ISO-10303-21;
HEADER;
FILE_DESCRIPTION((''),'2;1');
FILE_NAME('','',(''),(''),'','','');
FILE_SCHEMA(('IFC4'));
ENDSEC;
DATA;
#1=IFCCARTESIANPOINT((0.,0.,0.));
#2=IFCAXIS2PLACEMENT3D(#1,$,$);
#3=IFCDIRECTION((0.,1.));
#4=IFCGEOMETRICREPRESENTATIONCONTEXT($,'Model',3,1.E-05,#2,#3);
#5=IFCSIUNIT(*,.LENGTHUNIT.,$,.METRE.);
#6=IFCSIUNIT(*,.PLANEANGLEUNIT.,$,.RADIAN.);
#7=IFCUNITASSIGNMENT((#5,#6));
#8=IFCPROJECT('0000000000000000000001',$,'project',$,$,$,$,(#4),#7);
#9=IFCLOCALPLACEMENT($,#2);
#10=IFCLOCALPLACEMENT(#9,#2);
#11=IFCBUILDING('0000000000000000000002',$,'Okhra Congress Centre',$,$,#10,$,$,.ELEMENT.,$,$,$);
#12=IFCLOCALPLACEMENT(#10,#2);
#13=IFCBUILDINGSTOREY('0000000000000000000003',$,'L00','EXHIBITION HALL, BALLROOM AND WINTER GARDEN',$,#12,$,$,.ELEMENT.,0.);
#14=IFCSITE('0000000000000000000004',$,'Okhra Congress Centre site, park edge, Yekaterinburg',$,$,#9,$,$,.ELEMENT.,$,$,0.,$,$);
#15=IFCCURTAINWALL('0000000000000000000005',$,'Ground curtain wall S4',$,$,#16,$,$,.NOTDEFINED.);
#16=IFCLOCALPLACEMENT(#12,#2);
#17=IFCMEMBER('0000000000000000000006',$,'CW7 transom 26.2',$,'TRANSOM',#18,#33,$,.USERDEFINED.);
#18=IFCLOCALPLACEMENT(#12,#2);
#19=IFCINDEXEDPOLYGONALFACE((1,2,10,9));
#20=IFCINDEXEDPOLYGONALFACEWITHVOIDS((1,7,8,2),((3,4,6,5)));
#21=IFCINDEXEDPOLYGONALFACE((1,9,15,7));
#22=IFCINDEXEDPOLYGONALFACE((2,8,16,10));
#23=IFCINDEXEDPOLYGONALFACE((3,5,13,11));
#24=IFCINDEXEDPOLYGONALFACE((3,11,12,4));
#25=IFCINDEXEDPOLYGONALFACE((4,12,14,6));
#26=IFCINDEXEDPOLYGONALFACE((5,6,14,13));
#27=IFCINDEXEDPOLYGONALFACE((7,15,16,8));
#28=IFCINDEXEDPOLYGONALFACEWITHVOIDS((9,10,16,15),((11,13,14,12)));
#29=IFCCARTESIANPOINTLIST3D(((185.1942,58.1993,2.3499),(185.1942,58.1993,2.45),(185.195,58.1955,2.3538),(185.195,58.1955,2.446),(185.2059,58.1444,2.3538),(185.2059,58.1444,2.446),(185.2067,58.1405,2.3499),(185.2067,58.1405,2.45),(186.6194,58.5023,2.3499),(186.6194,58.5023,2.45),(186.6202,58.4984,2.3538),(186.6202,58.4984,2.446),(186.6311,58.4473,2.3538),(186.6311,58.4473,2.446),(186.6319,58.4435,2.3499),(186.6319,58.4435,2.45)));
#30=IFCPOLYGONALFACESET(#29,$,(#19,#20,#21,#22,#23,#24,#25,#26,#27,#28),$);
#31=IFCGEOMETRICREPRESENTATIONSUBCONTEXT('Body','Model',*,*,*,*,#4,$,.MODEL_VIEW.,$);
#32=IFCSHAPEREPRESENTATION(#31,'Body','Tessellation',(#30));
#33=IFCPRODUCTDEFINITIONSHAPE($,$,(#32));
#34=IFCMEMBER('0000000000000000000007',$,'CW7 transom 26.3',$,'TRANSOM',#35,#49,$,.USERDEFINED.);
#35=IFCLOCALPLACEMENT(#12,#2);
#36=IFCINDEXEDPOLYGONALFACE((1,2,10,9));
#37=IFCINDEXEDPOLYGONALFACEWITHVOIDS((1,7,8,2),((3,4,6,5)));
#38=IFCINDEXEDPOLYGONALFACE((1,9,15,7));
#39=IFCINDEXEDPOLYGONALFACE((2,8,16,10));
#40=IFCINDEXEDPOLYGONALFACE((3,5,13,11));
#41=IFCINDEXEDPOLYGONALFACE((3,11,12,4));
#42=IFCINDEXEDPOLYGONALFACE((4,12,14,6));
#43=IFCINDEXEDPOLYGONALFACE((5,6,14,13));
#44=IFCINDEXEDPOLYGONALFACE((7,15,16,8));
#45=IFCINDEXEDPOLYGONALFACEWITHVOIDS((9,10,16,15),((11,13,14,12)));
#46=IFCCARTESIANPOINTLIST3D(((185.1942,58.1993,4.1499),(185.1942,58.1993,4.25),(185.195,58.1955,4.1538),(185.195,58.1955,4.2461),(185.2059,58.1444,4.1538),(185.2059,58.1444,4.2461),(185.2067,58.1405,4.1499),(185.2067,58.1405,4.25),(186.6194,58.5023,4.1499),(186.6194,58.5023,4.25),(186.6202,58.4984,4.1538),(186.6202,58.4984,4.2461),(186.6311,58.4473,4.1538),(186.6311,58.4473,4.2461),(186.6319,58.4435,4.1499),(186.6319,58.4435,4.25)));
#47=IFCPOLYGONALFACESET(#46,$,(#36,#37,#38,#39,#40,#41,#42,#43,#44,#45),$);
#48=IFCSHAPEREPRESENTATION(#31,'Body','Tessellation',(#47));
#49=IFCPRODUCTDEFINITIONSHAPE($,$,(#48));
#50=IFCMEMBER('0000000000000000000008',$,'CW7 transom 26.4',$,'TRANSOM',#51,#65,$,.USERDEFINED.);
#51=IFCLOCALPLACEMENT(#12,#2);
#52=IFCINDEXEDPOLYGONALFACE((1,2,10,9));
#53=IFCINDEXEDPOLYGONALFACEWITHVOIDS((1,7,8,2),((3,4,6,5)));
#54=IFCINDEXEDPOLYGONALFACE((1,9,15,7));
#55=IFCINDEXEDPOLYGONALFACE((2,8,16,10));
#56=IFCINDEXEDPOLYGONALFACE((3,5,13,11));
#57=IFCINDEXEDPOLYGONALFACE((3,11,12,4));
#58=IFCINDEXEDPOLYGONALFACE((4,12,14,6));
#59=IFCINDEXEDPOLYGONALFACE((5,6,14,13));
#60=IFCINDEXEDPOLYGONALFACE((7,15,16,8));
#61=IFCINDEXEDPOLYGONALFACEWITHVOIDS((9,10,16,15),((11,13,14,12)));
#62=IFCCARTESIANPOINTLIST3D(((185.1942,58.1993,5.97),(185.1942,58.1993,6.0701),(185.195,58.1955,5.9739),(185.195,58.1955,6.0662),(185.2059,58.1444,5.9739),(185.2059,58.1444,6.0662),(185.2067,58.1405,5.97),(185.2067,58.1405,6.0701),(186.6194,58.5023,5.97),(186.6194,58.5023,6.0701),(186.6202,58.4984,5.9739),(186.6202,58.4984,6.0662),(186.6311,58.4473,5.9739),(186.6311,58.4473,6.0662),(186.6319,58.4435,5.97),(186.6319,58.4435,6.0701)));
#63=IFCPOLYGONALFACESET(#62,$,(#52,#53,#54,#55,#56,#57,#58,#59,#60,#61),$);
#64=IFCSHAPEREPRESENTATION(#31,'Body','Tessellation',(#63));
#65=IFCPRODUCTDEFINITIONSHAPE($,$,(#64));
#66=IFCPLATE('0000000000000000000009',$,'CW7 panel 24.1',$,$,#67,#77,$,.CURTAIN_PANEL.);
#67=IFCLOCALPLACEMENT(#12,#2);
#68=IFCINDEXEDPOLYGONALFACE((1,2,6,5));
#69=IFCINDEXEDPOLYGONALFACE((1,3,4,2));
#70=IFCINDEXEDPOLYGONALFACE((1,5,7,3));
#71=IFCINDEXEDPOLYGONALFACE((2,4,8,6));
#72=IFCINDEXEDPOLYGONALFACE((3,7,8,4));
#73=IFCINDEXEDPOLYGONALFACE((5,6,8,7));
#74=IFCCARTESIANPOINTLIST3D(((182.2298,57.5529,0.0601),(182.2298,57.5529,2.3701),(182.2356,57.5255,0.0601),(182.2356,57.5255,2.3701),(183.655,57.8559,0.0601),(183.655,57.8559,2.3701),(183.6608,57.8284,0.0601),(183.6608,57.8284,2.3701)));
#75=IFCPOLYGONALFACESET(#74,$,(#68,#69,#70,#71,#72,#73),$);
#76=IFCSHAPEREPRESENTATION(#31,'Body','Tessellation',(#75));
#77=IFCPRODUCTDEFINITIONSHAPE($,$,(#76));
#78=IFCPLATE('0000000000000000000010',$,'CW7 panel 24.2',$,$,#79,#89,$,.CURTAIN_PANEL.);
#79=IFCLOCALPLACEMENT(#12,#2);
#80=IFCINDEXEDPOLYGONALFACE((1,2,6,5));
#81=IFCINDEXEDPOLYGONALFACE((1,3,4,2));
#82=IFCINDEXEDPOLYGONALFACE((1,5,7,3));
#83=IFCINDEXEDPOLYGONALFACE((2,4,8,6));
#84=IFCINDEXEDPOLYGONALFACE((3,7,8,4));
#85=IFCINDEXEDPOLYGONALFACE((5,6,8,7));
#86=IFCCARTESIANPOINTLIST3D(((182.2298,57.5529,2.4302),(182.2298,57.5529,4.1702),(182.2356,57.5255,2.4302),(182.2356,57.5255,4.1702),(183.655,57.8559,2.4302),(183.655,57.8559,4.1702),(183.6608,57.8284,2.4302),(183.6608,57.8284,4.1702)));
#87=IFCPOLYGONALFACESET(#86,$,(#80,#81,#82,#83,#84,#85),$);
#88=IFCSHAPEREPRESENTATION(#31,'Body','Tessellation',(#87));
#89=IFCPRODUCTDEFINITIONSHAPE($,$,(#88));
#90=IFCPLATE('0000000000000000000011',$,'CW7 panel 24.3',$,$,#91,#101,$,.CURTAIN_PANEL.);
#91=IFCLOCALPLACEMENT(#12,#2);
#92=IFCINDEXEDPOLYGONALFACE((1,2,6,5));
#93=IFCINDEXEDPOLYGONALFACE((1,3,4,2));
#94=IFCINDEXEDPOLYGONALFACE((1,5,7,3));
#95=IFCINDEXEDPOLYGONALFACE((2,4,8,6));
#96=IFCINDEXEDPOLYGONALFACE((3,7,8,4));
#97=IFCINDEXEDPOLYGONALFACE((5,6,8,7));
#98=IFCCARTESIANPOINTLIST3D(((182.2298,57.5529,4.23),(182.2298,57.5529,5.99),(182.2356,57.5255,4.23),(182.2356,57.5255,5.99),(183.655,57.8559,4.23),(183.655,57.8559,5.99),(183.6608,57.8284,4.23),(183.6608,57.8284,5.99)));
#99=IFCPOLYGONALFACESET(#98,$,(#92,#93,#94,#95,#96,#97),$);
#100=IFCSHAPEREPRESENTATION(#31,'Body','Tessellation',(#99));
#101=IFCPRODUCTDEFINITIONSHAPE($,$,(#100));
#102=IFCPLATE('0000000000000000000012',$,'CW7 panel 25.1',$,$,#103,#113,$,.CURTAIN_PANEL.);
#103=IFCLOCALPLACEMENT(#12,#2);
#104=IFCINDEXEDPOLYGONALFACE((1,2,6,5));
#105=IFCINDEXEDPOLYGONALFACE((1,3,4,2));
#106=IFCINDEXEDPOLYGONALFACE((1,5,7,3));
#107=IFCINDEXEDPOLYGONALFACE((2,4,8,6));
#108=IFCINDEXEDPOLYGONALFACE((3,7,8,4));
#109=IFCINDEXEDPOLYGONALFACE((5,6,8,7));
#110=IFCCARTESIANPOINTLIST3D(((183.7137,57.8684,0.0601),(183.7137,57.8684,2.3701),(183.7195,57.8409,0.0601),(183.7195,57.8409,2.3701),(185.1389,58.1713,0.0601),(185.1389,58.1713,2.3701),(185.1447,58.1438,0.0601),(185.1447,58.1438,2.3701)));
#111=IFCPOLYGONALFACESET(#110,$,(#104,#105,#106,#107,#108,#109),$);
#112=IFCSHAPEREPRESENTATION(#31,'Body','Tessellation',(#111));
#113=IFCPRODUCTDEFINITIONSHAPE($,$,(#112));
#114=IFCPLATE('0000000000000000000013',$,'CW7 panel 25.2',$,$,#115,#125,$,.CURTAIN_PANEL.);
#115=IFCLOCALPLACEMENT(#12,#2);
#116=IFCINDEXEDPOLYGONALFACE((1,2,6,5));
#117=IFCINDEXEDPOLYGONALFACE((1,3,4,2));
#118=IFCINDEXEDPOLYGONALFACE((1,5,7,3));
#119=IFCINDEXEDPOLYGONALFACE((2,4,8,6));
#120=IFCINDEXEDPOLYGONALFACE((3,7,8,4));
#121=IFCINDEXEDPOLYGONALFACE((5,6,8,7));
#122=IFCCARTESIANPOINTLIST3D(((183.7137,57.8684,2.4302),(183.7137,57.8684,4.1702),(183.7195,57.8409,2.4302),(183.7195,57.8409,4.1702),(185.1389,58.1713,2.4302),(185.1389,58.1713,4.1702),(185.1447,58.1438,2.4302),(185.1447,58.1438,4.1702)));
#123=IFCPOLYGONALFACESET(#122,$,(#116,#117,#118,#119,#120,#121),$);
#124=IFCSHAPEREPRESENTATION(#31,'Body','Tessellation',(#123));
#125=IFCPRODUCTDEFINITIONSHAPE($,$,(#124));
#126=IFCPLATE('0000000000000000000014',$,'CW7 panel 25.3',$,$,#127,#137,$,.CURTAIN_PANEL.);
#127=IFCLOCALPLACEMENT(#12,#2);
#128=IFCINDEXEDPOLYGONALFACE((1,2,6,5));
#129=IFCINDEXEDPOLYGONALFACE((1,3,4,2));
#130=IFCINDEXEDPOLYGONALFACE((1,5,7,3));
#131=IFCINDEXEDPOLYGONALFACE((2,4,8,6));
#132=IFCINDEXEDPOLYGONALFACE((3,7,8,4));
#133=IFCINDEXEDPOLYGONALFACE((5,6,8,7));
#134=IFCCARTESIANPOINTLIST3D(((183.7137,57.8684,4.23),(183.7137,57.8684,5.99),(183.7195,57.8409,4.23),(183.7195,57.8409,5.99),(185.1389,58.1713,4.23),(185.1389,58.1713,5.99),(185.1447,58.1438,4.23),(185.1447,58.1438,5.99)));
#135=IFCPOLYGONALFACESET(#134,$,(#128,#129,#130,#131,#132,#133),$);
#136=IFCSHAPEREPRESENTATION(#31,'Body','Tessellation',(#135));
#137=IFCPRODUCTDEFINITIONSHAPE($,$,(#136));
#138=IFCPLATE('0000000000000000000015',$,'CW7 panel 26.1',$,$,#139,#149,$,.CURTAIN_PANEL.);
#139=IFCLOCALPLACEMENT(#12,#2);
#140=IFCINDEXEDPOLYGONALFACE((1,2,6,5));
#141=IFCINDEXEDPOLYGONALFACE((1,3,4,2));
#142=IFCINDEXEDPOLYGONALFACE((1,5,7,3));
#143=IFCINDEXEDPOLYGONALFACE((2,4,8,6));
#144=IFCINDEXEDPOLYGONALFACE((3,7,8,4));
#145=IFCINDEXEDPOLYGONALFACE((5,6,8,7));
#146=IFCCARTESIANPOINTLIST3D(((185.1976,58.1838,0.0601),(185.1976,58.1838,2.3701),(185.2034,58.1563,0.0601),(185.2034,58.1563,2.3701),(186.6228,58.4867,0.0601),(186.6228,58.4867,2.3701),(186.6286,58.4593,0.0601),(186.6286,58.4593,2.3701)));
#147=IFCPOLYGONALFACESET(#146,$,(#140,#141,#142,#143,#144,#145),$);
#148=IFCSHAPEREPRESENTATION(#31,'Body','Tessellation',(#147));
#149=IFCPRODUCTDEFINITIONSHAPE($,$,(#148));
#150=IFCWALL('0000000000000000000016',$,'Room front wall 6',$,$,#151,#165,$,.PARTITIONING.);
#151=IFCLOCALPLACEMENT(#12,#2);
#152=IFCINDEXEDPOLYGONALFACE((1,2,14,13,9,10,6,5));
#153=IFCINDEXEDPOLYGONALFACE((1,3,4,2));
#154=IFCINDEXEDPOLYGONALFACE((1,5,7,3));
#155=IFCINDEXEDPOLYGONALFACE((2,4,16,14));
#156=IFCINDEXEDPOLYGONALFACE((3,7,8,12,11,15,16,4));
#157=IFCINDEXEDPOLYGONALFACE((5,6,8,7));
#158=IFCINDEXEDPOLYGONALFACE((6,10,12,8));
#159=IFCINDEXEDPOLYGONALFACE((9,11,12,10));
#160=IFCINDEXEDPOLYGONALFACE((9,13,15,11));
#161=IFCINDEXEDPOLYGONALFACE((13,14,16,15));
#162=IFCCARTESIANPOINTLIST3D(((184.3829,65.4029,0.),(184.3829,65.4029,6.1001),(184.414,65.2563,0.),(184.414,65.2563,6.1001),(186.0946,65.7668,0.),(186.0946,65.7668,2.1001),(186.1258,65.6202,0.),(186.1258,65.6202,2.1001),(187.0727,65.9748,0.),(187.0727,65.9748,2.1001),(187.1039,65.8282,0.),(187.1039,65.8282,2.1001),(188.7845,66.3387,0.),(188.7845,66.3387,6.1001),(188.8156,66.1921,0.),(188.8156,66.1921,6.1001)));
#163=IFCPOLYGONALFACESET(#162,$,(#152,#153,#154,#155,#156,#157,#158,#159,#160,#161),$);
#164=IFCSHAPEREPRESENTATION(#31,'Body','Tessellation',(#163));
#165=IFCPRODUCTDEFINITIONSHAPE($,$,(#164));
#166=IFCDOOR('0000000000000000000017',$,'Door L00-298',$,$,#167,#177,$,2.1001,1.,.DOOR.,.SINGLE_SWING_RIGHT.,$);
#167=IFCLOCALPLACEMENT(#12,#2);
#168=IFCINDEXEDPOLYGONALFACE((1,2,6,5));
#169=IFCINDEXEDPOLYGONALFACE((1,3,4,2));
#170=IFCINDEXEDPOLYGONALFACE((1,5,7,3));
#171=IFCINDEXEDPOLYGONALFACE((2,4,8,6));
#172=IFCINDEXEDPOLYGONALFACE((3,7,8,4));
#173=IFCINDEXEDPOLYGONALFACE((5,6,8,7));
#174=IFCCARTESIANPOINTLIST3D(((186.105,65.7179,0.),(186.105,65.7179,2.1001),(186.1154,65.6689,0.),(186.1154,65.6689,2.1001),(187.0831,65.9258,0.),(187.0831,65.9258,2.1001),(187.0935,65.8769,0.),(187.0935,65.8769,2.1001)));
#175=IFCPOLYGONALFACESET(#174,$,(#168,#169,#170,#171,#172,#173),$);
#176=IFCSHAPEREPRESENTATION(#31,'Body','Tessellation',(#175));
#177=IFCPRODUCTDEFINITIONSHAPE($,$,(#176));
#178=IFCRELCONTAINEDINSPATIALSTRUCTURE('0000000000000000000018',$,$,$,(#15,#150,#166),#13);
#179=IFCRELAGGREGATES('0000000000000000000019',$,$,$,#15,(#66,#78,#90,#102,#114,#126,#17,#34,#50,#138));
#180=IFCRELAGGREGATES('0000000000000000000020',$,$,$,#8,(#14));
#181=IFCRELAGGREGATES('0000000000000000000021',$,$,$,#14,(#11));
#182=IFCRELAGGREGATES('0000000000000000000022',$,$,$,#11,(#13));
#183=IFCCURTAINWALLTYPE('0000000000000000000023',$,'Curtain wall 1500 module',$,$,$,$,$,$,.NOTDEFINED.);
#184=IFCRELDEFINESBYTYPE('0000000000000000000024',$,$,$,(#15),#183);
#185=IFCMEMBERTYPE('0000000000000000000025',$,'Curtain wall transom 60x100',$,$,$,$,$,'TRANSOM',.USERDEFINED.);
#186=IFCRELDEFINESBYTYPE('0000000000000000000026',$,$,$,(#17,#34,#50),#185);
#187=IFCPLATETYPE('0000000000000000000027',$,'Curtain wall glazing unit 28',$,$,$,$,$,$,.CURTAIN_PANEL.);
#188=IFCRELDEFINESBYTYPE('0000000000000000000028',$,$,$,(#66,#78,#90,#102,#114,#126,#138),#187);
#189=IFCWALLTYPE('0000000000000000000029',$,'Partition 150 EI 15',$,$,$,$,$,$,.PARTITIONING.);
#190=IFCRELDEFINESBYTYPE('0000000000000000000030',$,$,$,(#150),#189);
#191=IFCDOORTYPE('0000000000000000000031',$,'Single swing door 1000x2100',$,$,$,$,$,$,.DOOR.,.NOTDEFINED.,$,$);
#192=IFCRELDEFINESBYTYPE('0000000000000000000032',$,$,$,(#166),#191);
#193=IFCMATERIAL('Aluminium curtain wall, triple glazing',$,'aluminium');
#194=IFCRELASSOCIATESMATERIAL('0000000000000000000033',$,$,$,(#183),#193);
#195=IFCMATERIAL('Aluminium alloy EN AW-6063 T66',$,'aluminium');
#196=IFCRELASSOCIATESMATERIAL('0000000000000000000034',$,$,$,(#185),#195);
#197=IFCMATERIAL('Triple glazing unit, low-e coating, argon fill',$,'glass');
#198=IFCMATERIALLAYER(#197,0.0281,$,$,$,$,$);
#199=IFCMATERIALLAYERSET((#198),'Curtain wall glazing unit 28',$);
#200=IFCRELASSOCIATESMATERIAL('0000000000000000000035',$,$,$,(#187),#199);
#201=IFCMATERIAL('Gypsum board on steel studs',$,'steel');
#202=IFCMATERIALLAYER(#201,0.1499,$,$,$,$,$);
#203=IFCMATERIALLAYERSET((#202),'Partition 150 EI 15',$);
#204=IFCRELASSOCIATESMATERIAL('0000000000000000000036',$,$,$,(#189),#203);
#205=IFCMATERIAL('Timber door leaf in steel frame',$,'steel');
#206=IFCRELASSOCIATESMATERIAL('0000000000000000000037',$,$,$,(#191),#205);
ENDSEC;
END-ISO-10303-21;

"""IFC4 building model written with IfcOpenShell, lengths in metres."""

from ifc_helpers import new_model, si_unit, direction, frame, frame_2d, origin, origin_2d, place, context, subcontext, project, spatial, rectangle, hollow_rectangle, extrude, material, layer, layer_set, material_profile, profile_set, type_object, element, fill, aggregate, save


model = new_model("IFC4")

# Units and contexts
model_context = context("Model", 3, precision=1e-05, world=origin(), true_north=direction((0.0, 1.0)))
body_context = subcontext(model_context, "Body", "Model", "MODEL_VIEW")
ifc_project = project(units=[si_unit("LENGTHUNIT", "METRE"), si_unit("PLANEANGLEUNIT", "RADIAN")], contexts=[model_context])

# Site, building, storey
site_placement = place(None, origin())
site = spatial("IfcSite", under=ifc_project, at=site_placement, Name="Okhra Congress Centre site, park edge, Yekaterinburg", CompositionType="ELEMENT", RefElevation=0.0)
building_placement = place(site_placement, origin())
building = spatial("IfcBuilding", under=site, at=building_placement, Name="Okhra Congress Centre", CompositionType="ELEMENT")
storey_placement = place(building_placement, origin())
storey = spatial("IfcBuildingStorey", under=building, at=storey_placement, Name="L00", Description="EXHIBITION HALL, BALLROOM AND WINTER GARDEN", CompositionType="ELEMENT", Elevation=0.0)

# Curtain wall, members, plates
ifc_material_1 = material(Name="Aluminium curtain wall, triple glazing", Category="aluminium")
curtain_wall_type = type_object("IfcCurtainWallType", Name="Curtain wall 1500 module", PredefinedType="NOTDEFINED", material=ifc_material_1)
curtain_wall_placement = place(storey_placement, origin())
curtain_wall = element("IfcCurtainWall", 1, at=curtain_wall_placement, inside=storey, type_object=curtain_wall_type, Name="Ground curtain wall S4", PredefinedType="NOTDEFINED")
ifc_material_2 = material(Name="Aluminium alloy EN AW-6063 T66", Category="aluminium")
ifc_material_profile_1 = material_profile(ifc_material_2, hollow_rectangle(XDim=0.0601, YDim=0.1001, WallThickness=0.0039, at=origin_2d()), Name="RHS 60x100x4")
ifc_profile_set_1 = profile_set([ifc_material_profile_1], Name="Aluminium alloy EN AW-6063 T66")
member_type_1 = type_object("IfcMemberType", Name="Curtain wall transom 60x100", ElementType="TRANSOM", PredefinedType="USERDEFINED", material=ifc_profile_set_1)
member_1_placement = place(storey_placement, frame((185.2004, 58.1699, 2.3999), z_axis=(0.978144, 0.207927, 0.0), x_axis=(-0.207927, 0.978144, 0.0)))
member_1 = element("IfcMember", 2, at=member_1_placement, type_object=member_type_1, Name="CW7 transom 26.2", ObjectType="TRANSOM", PredefinedType="USERDEFINED", context=body_context, shape_type="SweptSolid", body=[
    extrude(hollow_rectangle(XDim=0.0601, YDim=0.1001, WallThickness=0.0039, at=origin_2d()), origin(), (0.0, 0.0, 1.0), 1.457),
])
member_2_placement = place(storey_placement, frame((185.2004, 58.1699, 4.2), z_axis=(0.978144, 0.207927, 0.0), x_axis=(-0.207927, 0.978144, 0.0)))
member_2 = element("IfcMember", 3, at=member_2_placement, type_object=member_type_1, Name="CW7 transom 26.3", ObjectType="TRANSOM", PredefinedType="USERDEFINED", context=body_context, shape_type="SweptSolid", body=[
    extrude(hollow_rectangle(XDim=0.0601, YDim=0.1001, WallThickness=0.0039, at=origin_2d()), origin(), (0.0, 0.0, 1.0), 1.457),
])
member_3_placement = place(storey_placement, frame((185.2004, 58.1699, 6.02), z_axis=(0.978144, 0.207927, 0.0), x_axis=(-0.207927, 0.978144, 0.0)))
member_3 = element("IfcMember", 4, at=member_3_placement, type_object=member_type_1, Name="CW7 transom 26.4", ObjectType="TRANSOM", PredefinedType="USERDEFINED", context=body_context, shape_type="SweptSolid", body=[
    extrude(hollow_rectangle(XDim=0.0601, YDim=0.1001, WallThickness=0.0039, at=origin_2d()), origin(), (0.0, 0.0, 1.0), 1.457),
])
ifc_material_3 = material(Name="Triple glazing unit, low-e coating, argon fill", Category="glass")
ifc_layer_1 = layer(ifc_material_3, 0.0281)
ifc_layer_set_1 = layer_set([ifc_layer_1], Name="Curtain wall glazing unit 28")
plate_type = type_object("IfcPlateType", Name="Curtain wall glazing unit 28", PredefinedType="CURTAIN_PANEL", material=ifc_layer_set_1)
plate_1_placement = place(storey_placement, frame((182.9453, 57.6907, 0.0601), z_axis=(0.0, 0.0, 1.0), x_axis=(0.978148, 0.207912, 0.0)))
plate_1 = element("IfcPlate", 5, at=plate_1_placement, type_object=plate_type, Name="CW7 panel 24.1", PredefinedType="CURTAIN_PANEL", context=body_context, shape_type="SweptSolid", body=[
    extrude(rectangle(XDim=1.457, YDim=0.0281, at=origin_2d()), origin(), (0.0, 0.0, 1.0), 2.3101),
])
plate_2_placement = place(storey_placement, frame((182.9453, 57.6907, 2.4302), z_axis=(0.0, 0.0, 1.0), x_axis=(0.978148, 0.207912, 0.0)))
plate_2 = element("IfcPlate", 6, at=plate_2_placement, type_object=plate_type, Name="CW7 panel 24.2", PredefinedType="CURTAIN_PANEL", context=body_context, shape_type="SweptSolid", body=[
    extrude(rectangle(XDim=1.457, YDim=0.0281, at=origin_2d()), origin(), (0.0, 0.0, 1.0), 1.74),
])
plate_3_placement = place(storey_placement, frame((182.9453, 57.6907, 4.23), z_axis=(0.0, 0.0, 1.0), x_axis=(0.978148, 0.207912, 0.0)))
plate_3 = element("IfcPlate", 7, at=plate_3_placement, type_object=plate_type, Name="CW7 panel 24.3", PredefinedType="CURTAIN_PANEL", context=body_context, shape_type="SweptSolid", body=[
    extrude(rectangle(XDim=1.457, YDim=0.0281, at=origin_2d()), origin(), (0.0, 0.0, 1.0), 1.76),
])
plate_4_placement = place(storey_placement, frame((184.4292, 58.0061, 0.0601), z_axis=(0.0, 0.0, 1.0), x_axis=(0.978148, 0.207912, 0.0)))
plate_4 = element("IfcPlate", 8, at=plate_4_placement, type_object=plate_type, Name="CW7 panel 25.1", PredefinedType="CURTAIN_PANEL", context=body_context, shape_type="SweptSolid", body=[
    extrude(rectangle(XDim=1.457, YDim=0.0281, at=origin_2d()), origin(), (0.0, 0.0, 1.0), 2.3101),
])
plate_5_placement = place(storey_placement, frame((184.4292, 58.0061, 2.4302), z_axis=(0.0, 0.0, 1.0), x_axis=(0.978148, 0.207912, 0.0)))
plate_5 = element("IfcPlate", 9, at=plate_5_placement, type_object=plate_type, Name="CW7 panel 25.2", PredefinedType="CURTAIN_PANEL", context=body_context, shape_type="SweptSolid", body=[
    extrude(rectangle(XDim=1.457, YDim=0.0281, at=origin_2d()), origin(), (0.0, 0.0, 1.0), 1.74),
])
plate_6_placement = place(storey_placement, frame((184.4292, 58.0061, 4.23), z_axis=(0.0, 0.0, 1.0), x_axis=(0.978148, 0.207912, 0.0)))
plate_6 = element("IfcPlate", 10, at=plate_6_placement, type_object=plate_type, Name="CW7 panel 25.3", PredefinedType="CURTAIN_PANEL", context=body_context, shape_type="SweptSolid", body=[
    extrude(rectangle(XDim=1.457, YDim=0.0281, at=origin_2d()), origin(), (0.0, 0.0, 1.0), 1.76),
])
plate_7_placement = place(storey_placement, frame((185.9131, 58.3215, 0.0601), z_axis=(0.0, 0.0, 1.0), x_axis=(0.978148, 0.207912, 0.0)))
plate_7 = element("IfcPlate", 11, at=plate_7_placement, type_object=plate_type, Name="CW7 panel 26.1", PredefinedType="CURTAIN_PANEL", context=body_context, shape_type="SweptSolid", body=[
    extrude(rectangle(XDim=1.457, YDim=0.0281, at=origin_2d()), origin(), (0.0, 0.0, 1.0), 2.3101),
])
aggregate(curtain_wall, [plate_1, plate_2, plate_3, plate_4, plate_5, plate_6, member_1, member_2, member_3, plate_7])

# Wall, opening, door
ifc_material_4 = material(Name="Gypsum board on steel studs", Category="steel")
ifc_layer_2 = layer(ifc_material_4, 0.1499)
ifc_layer_set_2 = layer_set([ifc_layer_2], Name="Partition 150 EI 15")
wall_type = type_object("IfcWallType", Name="Partition 150 EI 15", PredefinedType="PARTITIONING", material=ifc_layer_set_2)
wall_placement = place(storey_placement, frame((184.3984, 65.3296, 0.0), z_axis=(0.0, 0.0, 1.0), x_axis=(0.978139, 0.207954, 0.0)))
wall = element("IfcWall", 12, at=wall_placement, inside=storey, type_object=wall_type, Name="Room front wall 6", PredefinedType="PARTITIONING", context=body_context, shape_type="SweptSolid", body=[
    extrude(rectangle(XDim=4.5, YDim=0.1499, at=frame_2d((2.25, 0.0))), origin(), (0.0, 0.0, 1.0), 6.1001),
])
opening_placement = place(wall_placement, frame((1.75, 0.0, 0.0)))
opening = element("IfcOpeningElement", 13, at=opening_placement, cuts=wall, PredefinedType="OPENING", context=body_context, shape_type="SweptSolid", body=[
    extrude(rectangle(XDim=1.0, YDim=2.1001, at=frame_2d((0.5, 1.05))), frame((0.0, 0.085, 0.0), z_axis=(0.0, -1.0, 0.0), x_axis=(1.0, 0.0, 0.0)), (0.0, 0.0, 1.0), 0.1699),
])
ifc_material_5 = material(Name="Timber door leaf in steel frame", Category="steel")
door_type = type_object("IfcDoorType", Name="Single swing door 1000x2100", OperationType="NOTDEFINED", PredefinedType="DOOR", material=ifc_material_5)
door_placement = place(opening_placement, origin())
door = element("IfcDoor", 14, at=door_placement, inside=storey, type_object=door_type, Name="Door L00-298", OperationType="SINGLE_SWING_RIGHT", OverallHeight=2.1001, OverallWidth=1.0, PredefinedType="DOOR", context=body_context, shape_type="SweptSolid", body=[
    extrude(rectangle(XDim=1.0, YDim=2.1001, at=frame_2d((0.5, 1.05))), frame((0.0, 0.0249, 0.0), z_axis=(0.0, -1.0, 0.0), x_axis=(1.0, 0.0, 0.0)), (0.0, 0.0, 1.0), 0.05),
])
fill(opening, door)

save(model, "model.ifc")
